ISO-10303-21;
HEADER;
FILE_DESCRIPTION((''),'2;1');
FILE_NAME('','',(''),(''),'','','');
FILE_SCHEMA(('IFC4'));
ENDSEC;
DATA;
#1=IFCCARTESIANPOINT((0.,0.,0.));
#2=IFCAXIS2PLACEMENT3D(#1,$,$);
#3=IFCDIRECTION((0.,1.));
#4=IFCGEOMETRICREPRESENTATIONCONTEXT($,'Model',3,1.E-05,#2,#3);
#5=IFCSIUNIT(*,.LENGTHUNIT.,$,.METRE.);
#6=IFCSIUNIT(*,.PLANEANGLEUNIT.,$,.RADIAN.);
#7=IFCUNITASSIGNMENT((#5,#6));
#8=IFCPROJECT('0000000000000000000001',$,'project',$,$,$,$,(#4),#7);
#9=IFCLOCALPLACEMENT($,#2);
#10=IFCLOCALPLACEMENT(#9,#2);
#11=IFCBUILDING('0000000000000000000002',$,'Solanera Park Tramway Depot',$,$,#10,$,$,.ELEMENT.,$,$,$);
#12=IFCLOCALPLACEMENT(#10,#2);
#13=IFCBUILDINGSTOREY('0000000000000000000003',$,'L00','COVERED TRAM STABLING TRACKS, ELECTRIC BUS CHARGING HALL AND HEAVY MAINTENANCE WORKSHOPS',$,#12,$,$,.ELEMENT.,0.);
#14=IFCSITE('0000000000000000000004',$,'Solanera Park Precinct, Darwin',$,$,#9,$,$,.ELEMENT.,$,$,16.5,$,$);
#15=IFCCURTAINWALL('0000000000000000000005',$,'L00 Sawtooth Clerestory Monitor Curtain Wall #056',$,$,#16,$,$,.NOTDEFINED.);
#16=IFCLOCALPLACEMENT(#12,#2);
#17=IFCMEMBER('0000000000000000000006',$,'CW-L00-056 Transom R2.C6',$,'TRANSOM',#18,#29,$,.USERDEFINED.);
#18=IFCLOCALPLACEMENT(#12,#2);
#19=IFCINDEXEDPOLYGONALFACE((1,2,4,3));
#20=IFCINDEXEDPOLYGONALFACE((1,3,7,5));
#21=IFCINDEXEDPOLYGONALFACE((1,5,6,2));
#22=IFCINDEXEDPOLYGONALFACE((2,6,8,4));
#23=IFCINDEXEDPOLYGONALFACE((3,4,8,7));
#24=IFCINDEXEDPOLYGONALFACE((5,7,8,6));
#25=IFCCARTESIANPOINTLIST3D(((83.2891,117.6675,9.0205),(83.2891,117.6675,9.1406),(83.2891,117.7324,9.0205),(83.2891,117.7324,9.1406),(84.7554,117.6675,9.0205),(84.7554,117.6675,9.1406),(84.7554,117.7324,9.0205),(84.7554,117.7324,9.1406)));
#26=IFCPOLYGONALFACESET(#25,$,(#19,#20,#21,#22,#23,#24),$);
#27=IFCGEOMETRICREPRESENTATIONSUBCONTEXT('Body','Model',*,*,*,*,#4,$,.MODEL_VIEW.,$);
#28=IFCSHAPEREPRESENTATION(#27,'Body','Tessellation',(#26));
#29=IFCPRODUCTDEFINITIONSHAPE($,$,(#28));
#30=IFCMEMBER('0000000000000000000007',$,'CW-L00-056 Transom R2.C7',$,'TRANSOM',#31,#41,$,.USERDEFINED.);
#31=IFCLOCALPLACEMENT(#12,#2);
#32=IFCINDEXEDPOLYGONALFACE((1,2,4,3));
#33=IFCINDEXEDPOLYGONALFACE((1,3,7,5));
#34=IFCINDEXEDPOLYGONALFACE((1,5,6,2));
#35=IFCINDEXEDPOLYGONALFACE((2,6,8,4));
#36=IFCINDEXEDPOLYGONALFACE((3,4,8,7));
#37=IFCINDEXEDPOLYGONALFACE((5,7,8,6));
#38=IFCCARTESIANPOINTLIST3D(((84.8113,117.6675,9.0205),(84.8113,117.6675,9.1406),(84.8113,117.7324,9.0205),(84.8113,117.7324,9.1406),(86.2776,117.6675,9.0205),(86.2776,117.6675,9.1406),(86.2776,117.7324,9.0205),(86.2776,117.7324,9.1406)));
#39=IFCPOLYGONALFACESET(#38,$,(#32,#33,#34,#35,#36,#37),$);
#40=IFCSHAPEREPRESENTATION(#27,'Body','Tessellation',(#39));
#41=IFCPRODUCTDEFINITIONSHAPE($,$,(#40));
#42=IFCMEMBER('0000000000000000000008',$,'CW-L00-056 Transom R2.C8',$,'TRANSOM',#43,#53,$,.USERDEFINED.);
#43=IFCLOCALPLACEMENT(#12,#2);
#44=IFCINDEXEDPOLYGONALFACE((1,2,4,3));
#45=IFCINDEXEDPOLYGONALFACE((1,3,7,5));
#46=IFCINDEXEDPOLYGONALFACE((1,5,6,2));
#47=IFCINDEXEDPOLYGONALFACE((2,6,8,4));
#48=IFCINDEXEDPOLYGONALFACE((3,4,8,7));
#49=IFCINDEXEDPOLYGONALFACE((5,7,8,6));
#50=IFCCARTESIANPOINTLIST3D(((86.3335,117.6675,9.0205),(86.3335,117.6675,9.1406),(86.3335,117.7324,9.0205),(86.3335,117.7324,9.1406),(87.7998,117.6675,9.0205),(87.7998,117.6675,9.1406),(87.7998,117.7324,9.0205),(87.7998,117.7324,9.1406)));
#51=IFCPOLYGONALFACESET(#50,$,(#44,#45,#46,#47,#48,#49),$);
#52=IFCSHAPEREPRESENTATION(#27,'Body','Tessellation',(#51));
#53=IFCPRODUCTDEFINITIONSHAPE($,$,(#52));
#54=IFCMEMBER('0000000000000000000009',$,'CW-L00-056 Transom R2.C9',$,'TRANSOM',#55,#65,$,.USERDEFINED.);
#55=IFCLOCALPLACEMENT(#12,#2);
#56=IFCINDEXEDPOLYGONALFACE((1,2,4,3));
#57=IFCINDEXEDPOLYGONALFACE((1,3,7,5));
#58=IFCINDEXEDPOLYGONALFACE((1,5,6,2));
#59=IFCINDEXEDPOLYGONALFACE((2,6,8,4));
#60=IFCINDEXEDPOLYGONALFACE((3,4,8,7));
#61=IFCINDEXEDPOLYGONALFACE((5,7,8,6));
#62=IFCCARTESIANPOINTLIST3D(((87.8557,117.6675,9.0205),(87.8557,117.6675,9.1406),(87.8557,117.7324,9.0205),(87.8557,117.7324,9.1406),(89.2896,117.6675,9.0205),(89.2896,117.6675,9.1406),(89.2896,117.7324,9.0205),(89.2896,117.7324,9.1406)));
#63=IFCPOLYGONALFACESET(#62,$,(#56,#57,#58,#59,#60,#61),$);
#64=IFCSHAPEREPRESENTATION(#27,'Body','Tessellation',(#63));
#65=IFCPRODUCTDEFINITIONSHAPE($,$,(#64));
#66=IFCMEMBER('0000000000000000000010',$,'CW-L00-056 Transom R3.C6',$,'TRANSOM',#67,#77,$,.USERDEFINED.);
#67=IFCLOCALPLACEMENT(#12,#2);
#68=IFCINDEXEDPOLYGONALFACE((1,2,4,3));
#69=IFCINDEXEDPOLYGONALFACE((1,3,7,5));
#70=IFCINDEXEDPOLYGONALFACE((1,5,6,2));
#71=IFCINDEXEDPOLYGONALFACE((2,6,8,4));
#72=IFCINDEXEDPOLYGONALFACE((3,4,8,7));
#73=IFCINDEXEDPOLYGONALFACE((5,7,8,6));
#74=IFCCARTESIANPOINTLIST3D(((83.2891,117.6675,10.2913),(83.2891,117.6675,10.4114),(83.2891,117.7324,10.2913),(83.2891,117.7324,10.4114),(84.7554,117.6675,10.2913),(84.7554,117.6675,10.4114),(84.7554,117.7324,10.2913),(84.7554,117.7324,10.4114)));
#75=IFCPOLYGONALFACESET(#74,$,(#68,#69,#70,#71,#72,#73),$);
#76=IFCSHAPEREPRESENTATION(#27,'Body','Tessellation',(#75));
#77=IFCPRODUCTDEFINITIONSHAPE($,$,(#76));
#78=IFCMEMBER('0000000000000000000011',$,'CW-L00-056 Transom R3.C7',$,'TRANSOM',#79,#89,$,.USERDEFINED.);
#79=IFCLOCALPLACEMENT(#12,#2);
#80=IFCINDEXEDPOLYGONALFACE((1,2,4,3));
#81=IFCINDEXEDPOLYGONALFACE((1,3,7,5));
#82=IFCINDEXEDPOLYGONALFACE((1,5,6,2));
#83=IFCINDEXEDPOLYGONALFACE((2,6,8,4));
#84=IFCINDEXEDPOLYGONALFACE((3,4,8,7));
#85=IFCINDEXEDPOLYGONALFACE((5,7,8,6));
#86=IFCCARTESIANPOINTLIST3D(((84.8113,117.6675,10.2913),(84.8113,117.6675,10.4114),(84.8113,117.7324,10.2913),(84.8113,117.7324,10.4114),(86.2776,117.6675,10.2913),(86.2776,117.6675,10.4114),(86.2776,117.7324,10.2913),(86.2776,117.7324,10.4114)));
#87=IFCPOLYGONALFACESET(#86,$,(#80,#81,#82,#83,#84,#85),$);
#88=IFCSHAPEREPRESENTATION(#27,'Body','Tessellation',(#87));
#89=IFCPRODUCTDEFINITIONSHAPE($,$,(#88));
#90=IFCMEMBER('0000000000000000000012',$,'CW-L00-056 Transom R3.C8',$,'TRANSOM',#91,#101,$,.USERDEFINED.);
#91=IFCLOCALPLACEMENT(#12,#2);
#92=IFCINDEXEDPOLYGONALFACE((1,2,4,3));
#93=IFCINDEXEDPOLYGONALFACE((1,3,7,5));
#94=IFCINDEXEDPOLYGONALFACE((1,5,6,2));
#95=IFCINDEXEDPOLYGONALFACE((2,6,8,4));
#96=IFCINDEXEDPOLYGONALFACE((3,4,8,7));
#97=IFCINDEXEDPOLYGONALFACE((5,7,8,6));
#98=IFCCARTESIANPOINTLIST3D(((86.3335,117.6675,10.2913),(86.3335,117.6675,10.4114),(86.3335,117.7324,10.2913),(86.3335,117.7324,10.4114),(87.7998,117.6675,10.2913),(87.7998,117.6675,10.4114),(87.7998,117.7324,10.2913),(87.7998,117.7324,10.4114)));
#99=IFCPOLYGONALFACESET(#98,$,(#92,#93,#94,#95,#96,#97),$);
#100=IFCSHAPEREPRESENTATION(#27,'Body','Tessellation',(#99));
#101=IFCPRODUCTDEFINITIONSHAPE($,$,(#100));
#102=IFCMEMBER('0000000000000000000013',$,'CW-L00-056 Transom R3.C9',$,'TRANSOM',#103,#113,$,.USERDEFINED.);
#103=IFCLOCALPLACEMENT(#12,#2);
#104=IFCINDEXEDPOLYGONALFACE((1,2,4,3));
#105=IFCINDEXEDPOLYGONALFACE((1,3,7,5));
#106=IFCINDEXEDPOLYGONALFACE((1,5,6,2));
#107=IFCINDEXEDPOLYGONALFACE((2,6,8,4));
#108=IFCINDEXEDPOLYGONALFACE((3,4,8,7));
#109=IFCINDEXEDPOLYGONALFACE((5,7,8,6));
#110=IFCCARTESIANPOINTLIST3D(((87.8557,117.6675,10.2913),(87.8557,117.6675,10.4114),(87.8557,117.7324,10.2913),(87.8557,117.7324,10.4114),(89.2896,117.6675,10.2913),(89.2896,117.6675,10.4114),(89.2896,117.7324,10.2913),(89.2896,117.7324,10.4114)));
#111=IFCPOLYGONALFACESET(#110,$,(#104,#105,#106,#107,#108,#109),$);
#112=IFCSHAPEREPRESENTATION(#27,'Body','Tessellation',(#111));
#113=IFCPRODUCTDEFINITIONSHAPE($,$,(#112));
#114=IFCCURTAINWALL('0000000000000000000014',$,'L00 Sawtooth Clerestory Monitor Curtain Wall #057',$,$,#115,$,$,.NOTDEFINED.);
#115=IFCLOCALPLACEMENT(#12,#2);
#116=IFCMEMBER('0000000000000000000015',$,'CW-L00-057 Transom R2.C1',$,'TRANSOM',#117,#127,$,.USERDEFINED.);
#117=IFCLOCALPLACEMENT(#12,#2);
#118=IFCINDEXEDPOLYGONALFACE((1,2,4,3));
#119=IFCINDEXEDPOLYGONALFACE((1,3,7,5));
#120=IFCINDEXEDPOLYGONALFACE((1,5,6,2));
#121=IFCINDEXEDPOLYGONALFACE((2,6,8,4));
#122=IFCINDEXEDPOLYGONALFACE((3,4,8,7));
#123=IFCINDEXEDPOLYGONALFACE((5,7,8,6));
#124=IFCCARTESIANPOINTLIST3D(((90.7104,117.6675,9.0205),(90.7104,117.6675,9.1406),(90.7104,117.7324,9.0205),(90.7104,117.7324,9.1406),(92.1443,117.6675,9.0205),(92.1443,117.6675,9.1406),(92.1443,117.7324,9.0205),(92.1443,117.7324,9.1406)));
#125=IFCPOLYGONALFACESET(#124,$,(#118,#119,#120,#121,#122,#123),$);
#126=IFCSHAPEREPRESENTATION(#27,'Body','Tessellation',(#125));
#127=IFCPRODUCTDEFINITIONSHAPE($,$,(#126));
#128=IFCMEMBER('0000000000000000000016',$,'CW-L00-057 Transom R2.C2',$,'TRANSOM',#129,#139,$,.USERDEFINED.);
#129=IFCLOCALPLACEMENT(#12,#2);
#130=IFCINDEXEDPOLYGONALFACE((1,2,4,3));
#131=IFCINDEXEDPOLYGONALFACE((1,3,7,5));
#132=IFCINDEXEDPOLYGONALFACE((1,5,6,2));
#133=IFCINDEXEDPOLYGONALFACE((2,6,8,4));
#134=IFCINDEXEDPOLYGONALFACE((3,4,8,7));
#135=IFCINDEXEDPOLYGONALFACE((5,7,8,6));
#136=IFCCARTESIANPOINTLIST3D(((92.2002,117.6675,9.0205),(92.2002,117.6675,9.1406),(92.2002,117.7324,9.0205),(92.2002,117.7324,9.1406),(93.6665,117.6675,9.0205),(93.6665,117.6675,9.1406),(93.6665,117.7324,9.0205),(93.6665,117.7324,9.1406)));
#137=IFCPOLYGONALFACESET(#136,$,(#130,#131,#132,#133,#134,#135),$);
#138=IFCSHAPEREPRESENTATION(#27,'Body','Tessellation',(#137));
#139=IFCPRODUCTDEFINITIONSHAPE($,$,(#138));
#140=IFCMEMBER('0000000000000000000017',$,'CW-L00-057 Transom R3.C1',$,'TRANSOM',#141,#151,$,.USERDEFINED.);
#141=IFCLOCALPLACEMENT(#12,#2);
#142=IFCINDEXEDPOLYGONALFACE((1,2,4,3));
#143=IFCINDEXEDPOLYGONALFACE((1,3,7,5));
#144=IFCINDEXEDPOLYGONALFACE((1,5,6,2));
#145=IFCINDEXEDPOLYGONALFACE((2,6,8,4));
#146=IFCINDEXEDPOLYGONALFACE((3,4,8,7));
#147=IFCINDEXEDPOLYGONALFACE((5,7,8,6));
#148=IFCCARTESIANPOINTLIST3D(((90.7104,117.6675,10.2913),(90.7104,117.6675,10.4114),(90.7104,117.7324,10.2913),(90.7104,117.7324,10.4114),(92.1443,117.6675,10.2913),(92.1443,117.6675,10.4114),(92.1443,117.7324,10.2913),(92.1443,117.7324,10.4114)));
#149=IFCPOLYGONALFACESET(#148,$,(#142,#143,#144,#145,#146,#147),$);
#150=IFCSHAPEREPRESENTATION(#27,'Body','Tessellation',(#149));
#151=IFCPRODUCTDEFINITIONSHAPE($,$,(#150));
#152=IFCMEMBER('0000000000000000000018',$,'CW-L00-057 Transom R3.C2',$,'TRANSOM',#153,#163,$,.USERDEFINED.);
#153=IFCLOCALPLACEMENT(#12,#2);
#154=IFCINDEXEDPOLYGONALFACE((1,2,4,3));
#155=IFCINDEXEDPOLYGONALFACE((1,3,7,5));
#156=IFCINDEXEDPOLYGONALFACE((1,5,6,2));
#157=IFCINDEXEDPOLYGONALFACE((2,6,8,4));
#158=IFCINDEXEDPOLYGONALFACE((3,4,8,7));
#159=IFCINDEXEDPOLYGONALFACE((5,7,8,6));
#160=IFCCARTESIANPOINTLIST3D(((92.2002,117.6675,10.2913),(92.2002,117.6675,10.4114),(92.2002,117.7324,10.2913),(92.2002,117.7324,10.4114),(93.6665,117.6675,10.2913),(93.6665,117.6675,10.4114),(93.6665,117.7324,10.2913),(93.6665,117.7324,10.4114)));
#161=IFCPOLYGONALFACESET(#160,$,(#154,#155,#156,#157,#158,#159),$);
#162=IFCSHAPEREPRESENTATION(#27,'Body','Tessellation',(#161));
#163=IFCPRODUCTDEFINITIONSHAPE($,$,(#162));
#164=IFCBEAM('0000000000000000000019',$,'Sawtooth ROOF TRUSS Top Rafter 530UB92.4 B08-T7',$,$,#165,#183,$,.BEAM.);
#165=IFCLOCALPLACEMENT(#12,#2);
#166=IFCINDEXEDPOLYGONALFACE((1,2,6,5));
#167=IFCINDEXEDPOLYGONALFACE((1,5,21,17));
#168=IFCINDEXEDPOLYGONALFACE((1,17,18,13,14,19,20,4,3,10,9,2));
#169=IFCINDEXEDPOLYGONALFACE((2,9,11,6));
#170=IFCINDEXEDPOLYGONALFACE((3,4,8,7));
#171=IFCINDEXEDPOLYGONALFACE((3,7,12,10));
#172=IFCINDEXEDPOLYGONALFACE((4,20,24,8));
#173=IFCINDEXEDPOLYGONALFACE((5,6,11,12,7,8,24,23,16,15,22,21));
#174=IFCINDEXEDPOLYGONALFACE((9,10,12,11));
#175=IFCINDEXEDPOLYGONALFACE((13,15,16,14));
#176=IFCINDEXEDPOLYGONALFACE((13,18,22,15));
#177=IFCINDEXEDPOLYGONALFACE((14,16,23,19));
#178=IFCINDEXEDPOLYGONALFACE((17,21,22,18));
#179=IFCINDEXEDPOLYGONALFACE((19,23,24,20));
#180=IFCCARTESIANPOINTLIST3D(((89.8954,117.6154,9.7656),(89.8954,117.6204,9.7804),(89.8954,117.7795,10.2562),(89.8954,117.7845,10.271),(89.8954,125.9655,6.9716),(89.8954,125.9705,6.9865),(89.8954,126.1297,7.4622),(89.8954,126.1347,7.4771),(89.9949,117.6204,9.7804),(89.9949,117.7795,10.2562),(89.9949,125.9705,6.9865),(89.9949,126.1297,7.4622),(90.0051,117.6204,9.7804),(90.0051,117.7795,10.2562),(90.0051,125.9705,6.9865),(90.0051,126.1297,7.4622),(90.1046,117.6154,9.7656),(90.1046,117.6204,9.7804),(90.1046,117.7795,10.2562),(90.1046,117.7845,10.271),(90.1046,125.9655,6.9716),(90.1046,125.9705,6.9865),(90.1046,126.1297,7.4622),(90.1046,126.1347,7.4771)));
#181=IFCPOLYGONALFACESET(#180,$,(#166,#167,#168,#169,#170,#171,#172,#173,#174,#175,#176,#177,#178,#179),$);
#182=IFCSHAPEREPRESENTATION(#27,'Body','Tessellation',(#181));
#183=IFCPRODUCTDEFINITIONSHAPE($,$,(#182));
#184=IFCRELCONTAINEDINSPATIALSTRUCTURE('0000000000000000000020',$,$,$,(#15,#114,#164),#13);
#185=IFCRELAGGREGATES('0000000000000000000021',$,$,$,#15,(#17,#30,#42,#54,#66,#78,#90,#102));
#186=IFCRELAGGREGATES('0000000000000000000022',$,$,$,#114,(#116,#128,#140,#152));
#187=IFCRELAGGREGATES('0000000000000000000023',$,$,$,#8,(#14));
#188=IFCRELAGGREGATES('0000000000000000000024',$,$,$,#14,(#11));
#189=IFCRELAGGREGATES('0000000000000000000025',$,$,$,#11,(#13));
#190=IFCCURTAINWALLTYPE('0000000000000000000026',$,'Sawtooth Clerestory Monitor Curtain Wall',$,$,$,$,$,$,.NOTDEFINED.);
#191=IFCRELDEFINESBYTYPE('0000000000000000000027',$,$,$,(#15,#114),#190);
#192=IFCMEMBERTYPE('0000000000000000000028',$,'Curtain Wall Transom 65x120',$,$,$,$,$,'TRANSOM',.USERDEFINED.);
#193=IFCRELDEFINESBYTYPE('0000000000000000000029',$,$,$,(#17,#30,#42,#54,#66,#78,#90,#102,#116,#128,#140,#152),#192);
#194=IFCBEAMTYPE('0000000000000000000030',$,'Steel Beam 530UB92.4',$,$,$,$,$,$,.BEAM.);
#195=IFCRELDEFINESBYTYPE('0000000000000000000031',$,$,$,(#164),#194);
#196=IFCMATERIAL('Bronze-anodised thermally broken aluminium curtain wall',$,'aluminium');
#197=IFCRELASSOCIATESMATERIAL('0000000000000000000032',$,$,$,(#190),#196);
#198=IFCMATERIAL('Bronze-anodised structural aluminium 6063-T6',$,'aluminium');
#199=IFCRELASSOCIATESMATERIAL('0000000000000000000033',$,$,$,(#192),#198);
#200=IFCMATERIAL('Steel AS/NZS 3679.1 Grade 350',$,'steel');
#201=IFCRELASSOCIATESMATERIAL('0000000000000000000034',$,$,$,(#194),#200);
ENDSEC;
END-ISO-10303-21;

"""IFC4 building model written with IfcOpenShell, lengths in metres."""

from ifc_helpers import new_model, si_unit, direction, frame, origin, origin_2d, place, context, subcontext, project, spatial, rectangle, i_section, extrude, material, material_profile, profile_set, type_object, element, aggregate, save


model = new_model("IFC4")

# Units and contexts
model_context = context("Model", 3, precision=1e-05, world=origin(), true_north=direction((0.0, 1.0)))
body_context = subcontext(model_context, "Body", "Model", "MODEL_VIEW")
ifc_project = project(units=[si_unit("LENGTHUNIT", "METRE"), si_unit("PLANEANGLEUNIT", "RADIAN")], contexts=[model_context])

# Site, building, storey
site_placement = place(None, origin())
site = spatial("IfcSite", under=ifc_project, at=site_placement, Name="Solanera Park Precinct, Darwin", CompositionType="ELEMENT", RefElevation=16.5)
building_placement = place(site_placement, origin())
building = spatial("IfcBuilding", under=site, at=building_placement, Name="Solanera Park Tramway Depot", CompositionType="ELEMENT")
storey_placement = place(building_placement, origin())
storey = spatial("IfcBuildingStorey", under=building, at=storey_placement, Name="L00", Description="COVERED TRAM STABLING TRACKS, ELECTRIC BUS CHARGING HALL AND HEAVY MAINTENANCE WORKSHOPS", CompositionType="ELEMENT", Elevation=0.0)

# Curtain walls, members
ifc_material_1 = material(Name="Bronze-anodised thermally broken aluminium curtain wall", Category="aluminium")
curtain_wall_type = type_object("IfcCurtainWallType", Name="Sawtooth Clerestory Monitor Curtain Wall", PredefinedType="NOTDEFINED", material=ifc_material_1)
curtain_wall_1_placement = place(storey_placement, origin())
curtain_wall_1 = element("IfcCurtainWall", 1, at=curtain_wall_1_placement, inside=storey, type_object=curtain_wall_type, Name="L00 Sawtooth Clerestory Monitor Curtain Wall #056", PredefinedType="NOTDEFINED")
ifc_material_2 = material(Name="Bronze-anodised structural aluminium 6063-T6", Category="aluminium")
ifc_material_profile_1 = material_profile(ifc_material_2, rectangle(XDim=0.0649, YDim=0.1201, at=origin_2d()), Name="Curtain Wall Transom 65x120")
ifc_profile_set_1 = profile_set([ifc_material_profile_1], Name="Bronze-anodised structural aluminium 6063-T6")
member_type = type_object("IfcMemberType", Name="Curtain Wall Transom 65x120", ElementType="TRANSOM", PredefinedType="USERDEFINED", material=ifc_profile_set_1)
member_1_placement = place(storey_placement, frame((83.2891, 117.7, 9.0806), z_axis=(1.0, 0.0, 0.0), x_axis=(0.0, 1.0, 0.0)))
member_1 = element("IfcMember", 2, at=member_1_placement, type_object=member_type, Name="CW-L00-056 Transom R2.C6", ObjectType="TRANSOM", PredefinedType="USERDEFINED", context=body_context, shape_type="SweptSolid", body=[
    extrude(rectangle(XDim=0.0649, YDim=0.1201, at=origin_2d()), origin(), (0.0, 0.0, 1.0), 1.4663),
])
member_2_placement = place(storey_placement, frame((84.8113, 117.7, 9.0806), z_axis=(1.0, 0.0, 0.0), x_axis=(0.0, 1.0, 0.0)))
member_2 = element("IfcMember", 3, at=member_2_placement, type_object=member_type, Name="CW-L00-056 Transom R2.C7", ObjectType="TRANSOM", PredefinedType="USERDEFINED", context=body_context, shape_type="SweptSolid", body=[
    extrude(rectangle(XDim=0.0649, YDim=0.1201, at=origin_2d()), origin(), (0.0, 0.0, 1.0), 1.4663),
])
member_3_placement = place(storey_placement, frame((86.3335, 117.7, 9.0806), z_axis=(1.0, 0.0, 0.0), x_axis=(0.0, 1.0, 0.0)))
member_3 = element("IfcMember", 4, at=member_3_placement, type_object=member_type, Name="CW-L00-056 Transom R2.C8", ObjectType="TRANSOM", PredefinedType="USERDEFINED", context=body_context, shape_type="SweptSolid", body=[
    extrude(rectangle(XDim=0.0649, YDim=0.1201, at=origin_2d()), origin(), (0.0, 0.0, 1.0), 1.4663),
])
member_4_placement = place(storey_placement, frame((87.8557, 117.7, 9.0806), z_axis=(1.0, 0.0, 0.0), x_axis=(0.0, 1.0, 0.0)))
member_4 = element("IfcMember", 5, at=member_4_placement, type_object=member_type, Name="CW-L00-056 Transom R2.C9", ObjectType="TRANSOM", PredefinedType="USERDEFINED", context=body_context, shape_type="SweptSolid", body=[
    extrude(rectangle(XDim=0.0649, YDim=0.1201, at=origin_2d()), origin(), (0.0, 0.0, 1.0), 1.4338),
])
member_5_placement = place(storey_placement, frame((83.2891, 117.7, 10.3513), z_axis=(1.0, 0.0, 0.0), x_axis=(0.0, 1.0, 0.0)))
member_5 = element("IfcMember", 6, at=member_5_placement, type_object=member_type, Name="CW-L00-056 Transom R3.C6", ObjectType="TRANSOM", PredefinedType="USERDEFINED", context=body_context, shape_type="SweptSolid", body=[
    extrude(rectangle(XDim=0.0649, YDim=0.1201, at=origin_2d()), origin(), (0.0, 0.0, 1.0), 1.4663),
])
member_6_placement = place(storey_placement, frame((84.8113, 117.7, 10.3513), z_axis=(1.0, 0.0, 0.0), x_axis=(0.0, 1.0, 0.0)))
member_6 = element("IfcMember", 7, at=member_6_placement, type_object=member_type, Name="CW-L00-056 Transom R3.C7", ObjectType="TRANSOM", PredefinedType="USERDEFINED", context=body_context, shape_type="SweptSolid", body=[
    extrude(rectangle(XDim=0.0649, YDim=0.1201, at=origin_2d()), origin(), (0.0, 0.0, 1.0), 1.4663),
])
member_7_placement = place(storey_placement, frame((86.3335, 117.7, 10.3513), z_axis=(1.0, 0.0, 0.0), x_axis=(0.0, 1.0, 0.0)))
member_7 = element("IfcMember", 8, at=member_7_placement, type_object=member_type, Name="CW-L00-056 Transom R3.C8", ObjectType="TRANSOM", PredefinedType="USERDEFINED", context=body_context, shape_type="SweptSolid", body=[
    extrude(rectangle(XDim=0.0649, YDim=0.1201, at=origin_2d()), origin(), (0.0, 0.0, 1.0), 1.4663),
])
member_8_placement = place(storey_placement, frame((87.8557, 117.7, 10.3513), z_axis=(1.0, 0.0, 0.0), x_axis=(0.0, 1.0, 0.0)))
member_8 = element("IfcMember", 9, at=member_8_placement, type_object=member_type, Name="CW-L00-056 Transom R3.C9", ObjectType="TRANSOM", PredefinedType="USERDEFINED", context=body_context, shape_type="SweptSolid", body=[
    extrude(rectangle(XDim=0.0649, YDim=0.1201, at=origin_2d()), origin(), (0.0, 0.0, 1.0), 1.4338),
])
curtain_wall_2_placement = place(storey_placement, origin())
curtain_wall_2 = element("IfcCurtainWall", 10, at=curtain_wall_2_placement, inside=storey, type_object=curtain_wall_type, Name="L00 Sawtooth Clerestory Monitor Curtain Wall #057", PredefinedType="NOTDEFINED")
member_9_placement = place(storey_placement, frame((90.7104, 117.7, 9.0806), z_axis=(1.0, 0.0, 0.0), x_axis=(0.0, 1.0, 0.0)))
member_9 = element("IfcMember", 11, at=member_9_placement, type_object=member_type, Name="CW-L00-057 Transom R2.C1", ObjectType="TRANSOM", PredefinedType="USERDEFINED", context=body_context, shape_type="SweptSolid", body=[
    extrude(rectangle(XDim=0.0649, YDim=0.1201, at=origin_2d()), origin(), (0.0, 0.0, 1.0), 1.4338),
])
member_10_placement = place(storey_placement, frame((92.2002, 117.7, 9.0806), z_axis=(1.0, 0.0, 0.0), x_axis=(0.0, 1.0, 0.0)))
member_10 = element("IfcMember", 12, at=member_10_placement, type_object=member_type, Name="CW-L00-057 Transom R2.C2", ObjectType="TRANSOM", PredefinedType="USERDEFINED", context=body_context, shape_type="SweptSolid", body=[
    extrude(rectangle(XDim=0.0649, YDim=0.1201, at=origin_2d()), origin(), (0.0, 0.0, 1.0), 1.4663),
])
member_11_placement = place(storey_placement, frame((90.7104, 117.7, 10.3513), z_axis=(1.0, 0.0, 0.0), x_axis=(0.0, 1.0, 0.0)))
member_11 = element("IfcMember", 13, at=member_11_placement, type_object=member_type, Name="CW-L00-057 Transom R3.C1", ObjectType="TRANSOM", PredefinedType="USERDEFINED", context=body_context, shape_type="SweptSolid", body=[
    extrude(rectangle(XDim=0.0649, YDim=0.1201, at=origin_2d()), origin(), (0.0, 0.0, 1.0), 1.4338),
])
member_12_placement = place(storey_placement, frame((92.2002, 117.7, 10.3513), z_axis=(1.0, 0.0, 0.0), x_axis=(0.0, 1.0, 0.0)))
member_12 = element("IfcMember", 14, at=member_12_placement, type_object=member_type, Name="CW-L00-057 Transom R3.C2", ObjectType="TRANSOM", PredefinedType="USERDEFINED", context=body_context, shape_type="SweptSolid", body=[
    extrude(rectangle(XDim=0.0649, YDim=0.1201, at=origin_2d()), origin(), (0.0, 0.0, 1.0), 1.4663),
])

# Beam
ifc_material_3 = material(Name="Steel AS/NZS 3679.1 Grade 350", Category="steel")
ifc_material_profile_2 = material_profile(ifc_material_3, i_section(OverallWidth=0.2092, OverallDepth=0.533, WebThickness=0.0103, FlangeThickness=0.0156, at=origin_2d()), Name="530UB92.4")
ifc_profile_set_2 = profile_set([ifc_material_profile_2], Name="Steel AS/NZS 3679.1 Grade 350")
beam_type_1 = type_object("IfcBeamType", Name="Steel Beam 530UB92.4", PredefinedType="BEAM", material=ifc_profile_set_2)
beam_1_placement = place(storey_placement, frame((90.0, 117.7, 10.0183), z_axis=(0.0, 0.948322, -0.317309), x_axis=(-1.0, 0.0, 0.0)))
element("IfcBeam", 15, at=beam_1_placement, inside=storey, type_object=beam_type_1, Name="Sawtooth ROOF TRUSS Top Rafter 530UB92.4 B08-T7", PredefinedType="BEAM", context=body_context, shape_type="SweptSolid", body=[
    extrude(i_section(OverallWidth=0.2092, OverallDepth=0.533, WebThickness=0.0103, FlangeThickness=0.0156, at=origin_2d()), origin(), (0.0, 0.0, 1.0), 8.8052),
])

aggregate(curtain_wall_1, [member_1, member_2, member_3, member_4, member_5, member_6, member_7, member_8])
aggregate(curtain_wall_2, [member_9, member_10, member_11, member_12])

save(model, "model.ifc")
